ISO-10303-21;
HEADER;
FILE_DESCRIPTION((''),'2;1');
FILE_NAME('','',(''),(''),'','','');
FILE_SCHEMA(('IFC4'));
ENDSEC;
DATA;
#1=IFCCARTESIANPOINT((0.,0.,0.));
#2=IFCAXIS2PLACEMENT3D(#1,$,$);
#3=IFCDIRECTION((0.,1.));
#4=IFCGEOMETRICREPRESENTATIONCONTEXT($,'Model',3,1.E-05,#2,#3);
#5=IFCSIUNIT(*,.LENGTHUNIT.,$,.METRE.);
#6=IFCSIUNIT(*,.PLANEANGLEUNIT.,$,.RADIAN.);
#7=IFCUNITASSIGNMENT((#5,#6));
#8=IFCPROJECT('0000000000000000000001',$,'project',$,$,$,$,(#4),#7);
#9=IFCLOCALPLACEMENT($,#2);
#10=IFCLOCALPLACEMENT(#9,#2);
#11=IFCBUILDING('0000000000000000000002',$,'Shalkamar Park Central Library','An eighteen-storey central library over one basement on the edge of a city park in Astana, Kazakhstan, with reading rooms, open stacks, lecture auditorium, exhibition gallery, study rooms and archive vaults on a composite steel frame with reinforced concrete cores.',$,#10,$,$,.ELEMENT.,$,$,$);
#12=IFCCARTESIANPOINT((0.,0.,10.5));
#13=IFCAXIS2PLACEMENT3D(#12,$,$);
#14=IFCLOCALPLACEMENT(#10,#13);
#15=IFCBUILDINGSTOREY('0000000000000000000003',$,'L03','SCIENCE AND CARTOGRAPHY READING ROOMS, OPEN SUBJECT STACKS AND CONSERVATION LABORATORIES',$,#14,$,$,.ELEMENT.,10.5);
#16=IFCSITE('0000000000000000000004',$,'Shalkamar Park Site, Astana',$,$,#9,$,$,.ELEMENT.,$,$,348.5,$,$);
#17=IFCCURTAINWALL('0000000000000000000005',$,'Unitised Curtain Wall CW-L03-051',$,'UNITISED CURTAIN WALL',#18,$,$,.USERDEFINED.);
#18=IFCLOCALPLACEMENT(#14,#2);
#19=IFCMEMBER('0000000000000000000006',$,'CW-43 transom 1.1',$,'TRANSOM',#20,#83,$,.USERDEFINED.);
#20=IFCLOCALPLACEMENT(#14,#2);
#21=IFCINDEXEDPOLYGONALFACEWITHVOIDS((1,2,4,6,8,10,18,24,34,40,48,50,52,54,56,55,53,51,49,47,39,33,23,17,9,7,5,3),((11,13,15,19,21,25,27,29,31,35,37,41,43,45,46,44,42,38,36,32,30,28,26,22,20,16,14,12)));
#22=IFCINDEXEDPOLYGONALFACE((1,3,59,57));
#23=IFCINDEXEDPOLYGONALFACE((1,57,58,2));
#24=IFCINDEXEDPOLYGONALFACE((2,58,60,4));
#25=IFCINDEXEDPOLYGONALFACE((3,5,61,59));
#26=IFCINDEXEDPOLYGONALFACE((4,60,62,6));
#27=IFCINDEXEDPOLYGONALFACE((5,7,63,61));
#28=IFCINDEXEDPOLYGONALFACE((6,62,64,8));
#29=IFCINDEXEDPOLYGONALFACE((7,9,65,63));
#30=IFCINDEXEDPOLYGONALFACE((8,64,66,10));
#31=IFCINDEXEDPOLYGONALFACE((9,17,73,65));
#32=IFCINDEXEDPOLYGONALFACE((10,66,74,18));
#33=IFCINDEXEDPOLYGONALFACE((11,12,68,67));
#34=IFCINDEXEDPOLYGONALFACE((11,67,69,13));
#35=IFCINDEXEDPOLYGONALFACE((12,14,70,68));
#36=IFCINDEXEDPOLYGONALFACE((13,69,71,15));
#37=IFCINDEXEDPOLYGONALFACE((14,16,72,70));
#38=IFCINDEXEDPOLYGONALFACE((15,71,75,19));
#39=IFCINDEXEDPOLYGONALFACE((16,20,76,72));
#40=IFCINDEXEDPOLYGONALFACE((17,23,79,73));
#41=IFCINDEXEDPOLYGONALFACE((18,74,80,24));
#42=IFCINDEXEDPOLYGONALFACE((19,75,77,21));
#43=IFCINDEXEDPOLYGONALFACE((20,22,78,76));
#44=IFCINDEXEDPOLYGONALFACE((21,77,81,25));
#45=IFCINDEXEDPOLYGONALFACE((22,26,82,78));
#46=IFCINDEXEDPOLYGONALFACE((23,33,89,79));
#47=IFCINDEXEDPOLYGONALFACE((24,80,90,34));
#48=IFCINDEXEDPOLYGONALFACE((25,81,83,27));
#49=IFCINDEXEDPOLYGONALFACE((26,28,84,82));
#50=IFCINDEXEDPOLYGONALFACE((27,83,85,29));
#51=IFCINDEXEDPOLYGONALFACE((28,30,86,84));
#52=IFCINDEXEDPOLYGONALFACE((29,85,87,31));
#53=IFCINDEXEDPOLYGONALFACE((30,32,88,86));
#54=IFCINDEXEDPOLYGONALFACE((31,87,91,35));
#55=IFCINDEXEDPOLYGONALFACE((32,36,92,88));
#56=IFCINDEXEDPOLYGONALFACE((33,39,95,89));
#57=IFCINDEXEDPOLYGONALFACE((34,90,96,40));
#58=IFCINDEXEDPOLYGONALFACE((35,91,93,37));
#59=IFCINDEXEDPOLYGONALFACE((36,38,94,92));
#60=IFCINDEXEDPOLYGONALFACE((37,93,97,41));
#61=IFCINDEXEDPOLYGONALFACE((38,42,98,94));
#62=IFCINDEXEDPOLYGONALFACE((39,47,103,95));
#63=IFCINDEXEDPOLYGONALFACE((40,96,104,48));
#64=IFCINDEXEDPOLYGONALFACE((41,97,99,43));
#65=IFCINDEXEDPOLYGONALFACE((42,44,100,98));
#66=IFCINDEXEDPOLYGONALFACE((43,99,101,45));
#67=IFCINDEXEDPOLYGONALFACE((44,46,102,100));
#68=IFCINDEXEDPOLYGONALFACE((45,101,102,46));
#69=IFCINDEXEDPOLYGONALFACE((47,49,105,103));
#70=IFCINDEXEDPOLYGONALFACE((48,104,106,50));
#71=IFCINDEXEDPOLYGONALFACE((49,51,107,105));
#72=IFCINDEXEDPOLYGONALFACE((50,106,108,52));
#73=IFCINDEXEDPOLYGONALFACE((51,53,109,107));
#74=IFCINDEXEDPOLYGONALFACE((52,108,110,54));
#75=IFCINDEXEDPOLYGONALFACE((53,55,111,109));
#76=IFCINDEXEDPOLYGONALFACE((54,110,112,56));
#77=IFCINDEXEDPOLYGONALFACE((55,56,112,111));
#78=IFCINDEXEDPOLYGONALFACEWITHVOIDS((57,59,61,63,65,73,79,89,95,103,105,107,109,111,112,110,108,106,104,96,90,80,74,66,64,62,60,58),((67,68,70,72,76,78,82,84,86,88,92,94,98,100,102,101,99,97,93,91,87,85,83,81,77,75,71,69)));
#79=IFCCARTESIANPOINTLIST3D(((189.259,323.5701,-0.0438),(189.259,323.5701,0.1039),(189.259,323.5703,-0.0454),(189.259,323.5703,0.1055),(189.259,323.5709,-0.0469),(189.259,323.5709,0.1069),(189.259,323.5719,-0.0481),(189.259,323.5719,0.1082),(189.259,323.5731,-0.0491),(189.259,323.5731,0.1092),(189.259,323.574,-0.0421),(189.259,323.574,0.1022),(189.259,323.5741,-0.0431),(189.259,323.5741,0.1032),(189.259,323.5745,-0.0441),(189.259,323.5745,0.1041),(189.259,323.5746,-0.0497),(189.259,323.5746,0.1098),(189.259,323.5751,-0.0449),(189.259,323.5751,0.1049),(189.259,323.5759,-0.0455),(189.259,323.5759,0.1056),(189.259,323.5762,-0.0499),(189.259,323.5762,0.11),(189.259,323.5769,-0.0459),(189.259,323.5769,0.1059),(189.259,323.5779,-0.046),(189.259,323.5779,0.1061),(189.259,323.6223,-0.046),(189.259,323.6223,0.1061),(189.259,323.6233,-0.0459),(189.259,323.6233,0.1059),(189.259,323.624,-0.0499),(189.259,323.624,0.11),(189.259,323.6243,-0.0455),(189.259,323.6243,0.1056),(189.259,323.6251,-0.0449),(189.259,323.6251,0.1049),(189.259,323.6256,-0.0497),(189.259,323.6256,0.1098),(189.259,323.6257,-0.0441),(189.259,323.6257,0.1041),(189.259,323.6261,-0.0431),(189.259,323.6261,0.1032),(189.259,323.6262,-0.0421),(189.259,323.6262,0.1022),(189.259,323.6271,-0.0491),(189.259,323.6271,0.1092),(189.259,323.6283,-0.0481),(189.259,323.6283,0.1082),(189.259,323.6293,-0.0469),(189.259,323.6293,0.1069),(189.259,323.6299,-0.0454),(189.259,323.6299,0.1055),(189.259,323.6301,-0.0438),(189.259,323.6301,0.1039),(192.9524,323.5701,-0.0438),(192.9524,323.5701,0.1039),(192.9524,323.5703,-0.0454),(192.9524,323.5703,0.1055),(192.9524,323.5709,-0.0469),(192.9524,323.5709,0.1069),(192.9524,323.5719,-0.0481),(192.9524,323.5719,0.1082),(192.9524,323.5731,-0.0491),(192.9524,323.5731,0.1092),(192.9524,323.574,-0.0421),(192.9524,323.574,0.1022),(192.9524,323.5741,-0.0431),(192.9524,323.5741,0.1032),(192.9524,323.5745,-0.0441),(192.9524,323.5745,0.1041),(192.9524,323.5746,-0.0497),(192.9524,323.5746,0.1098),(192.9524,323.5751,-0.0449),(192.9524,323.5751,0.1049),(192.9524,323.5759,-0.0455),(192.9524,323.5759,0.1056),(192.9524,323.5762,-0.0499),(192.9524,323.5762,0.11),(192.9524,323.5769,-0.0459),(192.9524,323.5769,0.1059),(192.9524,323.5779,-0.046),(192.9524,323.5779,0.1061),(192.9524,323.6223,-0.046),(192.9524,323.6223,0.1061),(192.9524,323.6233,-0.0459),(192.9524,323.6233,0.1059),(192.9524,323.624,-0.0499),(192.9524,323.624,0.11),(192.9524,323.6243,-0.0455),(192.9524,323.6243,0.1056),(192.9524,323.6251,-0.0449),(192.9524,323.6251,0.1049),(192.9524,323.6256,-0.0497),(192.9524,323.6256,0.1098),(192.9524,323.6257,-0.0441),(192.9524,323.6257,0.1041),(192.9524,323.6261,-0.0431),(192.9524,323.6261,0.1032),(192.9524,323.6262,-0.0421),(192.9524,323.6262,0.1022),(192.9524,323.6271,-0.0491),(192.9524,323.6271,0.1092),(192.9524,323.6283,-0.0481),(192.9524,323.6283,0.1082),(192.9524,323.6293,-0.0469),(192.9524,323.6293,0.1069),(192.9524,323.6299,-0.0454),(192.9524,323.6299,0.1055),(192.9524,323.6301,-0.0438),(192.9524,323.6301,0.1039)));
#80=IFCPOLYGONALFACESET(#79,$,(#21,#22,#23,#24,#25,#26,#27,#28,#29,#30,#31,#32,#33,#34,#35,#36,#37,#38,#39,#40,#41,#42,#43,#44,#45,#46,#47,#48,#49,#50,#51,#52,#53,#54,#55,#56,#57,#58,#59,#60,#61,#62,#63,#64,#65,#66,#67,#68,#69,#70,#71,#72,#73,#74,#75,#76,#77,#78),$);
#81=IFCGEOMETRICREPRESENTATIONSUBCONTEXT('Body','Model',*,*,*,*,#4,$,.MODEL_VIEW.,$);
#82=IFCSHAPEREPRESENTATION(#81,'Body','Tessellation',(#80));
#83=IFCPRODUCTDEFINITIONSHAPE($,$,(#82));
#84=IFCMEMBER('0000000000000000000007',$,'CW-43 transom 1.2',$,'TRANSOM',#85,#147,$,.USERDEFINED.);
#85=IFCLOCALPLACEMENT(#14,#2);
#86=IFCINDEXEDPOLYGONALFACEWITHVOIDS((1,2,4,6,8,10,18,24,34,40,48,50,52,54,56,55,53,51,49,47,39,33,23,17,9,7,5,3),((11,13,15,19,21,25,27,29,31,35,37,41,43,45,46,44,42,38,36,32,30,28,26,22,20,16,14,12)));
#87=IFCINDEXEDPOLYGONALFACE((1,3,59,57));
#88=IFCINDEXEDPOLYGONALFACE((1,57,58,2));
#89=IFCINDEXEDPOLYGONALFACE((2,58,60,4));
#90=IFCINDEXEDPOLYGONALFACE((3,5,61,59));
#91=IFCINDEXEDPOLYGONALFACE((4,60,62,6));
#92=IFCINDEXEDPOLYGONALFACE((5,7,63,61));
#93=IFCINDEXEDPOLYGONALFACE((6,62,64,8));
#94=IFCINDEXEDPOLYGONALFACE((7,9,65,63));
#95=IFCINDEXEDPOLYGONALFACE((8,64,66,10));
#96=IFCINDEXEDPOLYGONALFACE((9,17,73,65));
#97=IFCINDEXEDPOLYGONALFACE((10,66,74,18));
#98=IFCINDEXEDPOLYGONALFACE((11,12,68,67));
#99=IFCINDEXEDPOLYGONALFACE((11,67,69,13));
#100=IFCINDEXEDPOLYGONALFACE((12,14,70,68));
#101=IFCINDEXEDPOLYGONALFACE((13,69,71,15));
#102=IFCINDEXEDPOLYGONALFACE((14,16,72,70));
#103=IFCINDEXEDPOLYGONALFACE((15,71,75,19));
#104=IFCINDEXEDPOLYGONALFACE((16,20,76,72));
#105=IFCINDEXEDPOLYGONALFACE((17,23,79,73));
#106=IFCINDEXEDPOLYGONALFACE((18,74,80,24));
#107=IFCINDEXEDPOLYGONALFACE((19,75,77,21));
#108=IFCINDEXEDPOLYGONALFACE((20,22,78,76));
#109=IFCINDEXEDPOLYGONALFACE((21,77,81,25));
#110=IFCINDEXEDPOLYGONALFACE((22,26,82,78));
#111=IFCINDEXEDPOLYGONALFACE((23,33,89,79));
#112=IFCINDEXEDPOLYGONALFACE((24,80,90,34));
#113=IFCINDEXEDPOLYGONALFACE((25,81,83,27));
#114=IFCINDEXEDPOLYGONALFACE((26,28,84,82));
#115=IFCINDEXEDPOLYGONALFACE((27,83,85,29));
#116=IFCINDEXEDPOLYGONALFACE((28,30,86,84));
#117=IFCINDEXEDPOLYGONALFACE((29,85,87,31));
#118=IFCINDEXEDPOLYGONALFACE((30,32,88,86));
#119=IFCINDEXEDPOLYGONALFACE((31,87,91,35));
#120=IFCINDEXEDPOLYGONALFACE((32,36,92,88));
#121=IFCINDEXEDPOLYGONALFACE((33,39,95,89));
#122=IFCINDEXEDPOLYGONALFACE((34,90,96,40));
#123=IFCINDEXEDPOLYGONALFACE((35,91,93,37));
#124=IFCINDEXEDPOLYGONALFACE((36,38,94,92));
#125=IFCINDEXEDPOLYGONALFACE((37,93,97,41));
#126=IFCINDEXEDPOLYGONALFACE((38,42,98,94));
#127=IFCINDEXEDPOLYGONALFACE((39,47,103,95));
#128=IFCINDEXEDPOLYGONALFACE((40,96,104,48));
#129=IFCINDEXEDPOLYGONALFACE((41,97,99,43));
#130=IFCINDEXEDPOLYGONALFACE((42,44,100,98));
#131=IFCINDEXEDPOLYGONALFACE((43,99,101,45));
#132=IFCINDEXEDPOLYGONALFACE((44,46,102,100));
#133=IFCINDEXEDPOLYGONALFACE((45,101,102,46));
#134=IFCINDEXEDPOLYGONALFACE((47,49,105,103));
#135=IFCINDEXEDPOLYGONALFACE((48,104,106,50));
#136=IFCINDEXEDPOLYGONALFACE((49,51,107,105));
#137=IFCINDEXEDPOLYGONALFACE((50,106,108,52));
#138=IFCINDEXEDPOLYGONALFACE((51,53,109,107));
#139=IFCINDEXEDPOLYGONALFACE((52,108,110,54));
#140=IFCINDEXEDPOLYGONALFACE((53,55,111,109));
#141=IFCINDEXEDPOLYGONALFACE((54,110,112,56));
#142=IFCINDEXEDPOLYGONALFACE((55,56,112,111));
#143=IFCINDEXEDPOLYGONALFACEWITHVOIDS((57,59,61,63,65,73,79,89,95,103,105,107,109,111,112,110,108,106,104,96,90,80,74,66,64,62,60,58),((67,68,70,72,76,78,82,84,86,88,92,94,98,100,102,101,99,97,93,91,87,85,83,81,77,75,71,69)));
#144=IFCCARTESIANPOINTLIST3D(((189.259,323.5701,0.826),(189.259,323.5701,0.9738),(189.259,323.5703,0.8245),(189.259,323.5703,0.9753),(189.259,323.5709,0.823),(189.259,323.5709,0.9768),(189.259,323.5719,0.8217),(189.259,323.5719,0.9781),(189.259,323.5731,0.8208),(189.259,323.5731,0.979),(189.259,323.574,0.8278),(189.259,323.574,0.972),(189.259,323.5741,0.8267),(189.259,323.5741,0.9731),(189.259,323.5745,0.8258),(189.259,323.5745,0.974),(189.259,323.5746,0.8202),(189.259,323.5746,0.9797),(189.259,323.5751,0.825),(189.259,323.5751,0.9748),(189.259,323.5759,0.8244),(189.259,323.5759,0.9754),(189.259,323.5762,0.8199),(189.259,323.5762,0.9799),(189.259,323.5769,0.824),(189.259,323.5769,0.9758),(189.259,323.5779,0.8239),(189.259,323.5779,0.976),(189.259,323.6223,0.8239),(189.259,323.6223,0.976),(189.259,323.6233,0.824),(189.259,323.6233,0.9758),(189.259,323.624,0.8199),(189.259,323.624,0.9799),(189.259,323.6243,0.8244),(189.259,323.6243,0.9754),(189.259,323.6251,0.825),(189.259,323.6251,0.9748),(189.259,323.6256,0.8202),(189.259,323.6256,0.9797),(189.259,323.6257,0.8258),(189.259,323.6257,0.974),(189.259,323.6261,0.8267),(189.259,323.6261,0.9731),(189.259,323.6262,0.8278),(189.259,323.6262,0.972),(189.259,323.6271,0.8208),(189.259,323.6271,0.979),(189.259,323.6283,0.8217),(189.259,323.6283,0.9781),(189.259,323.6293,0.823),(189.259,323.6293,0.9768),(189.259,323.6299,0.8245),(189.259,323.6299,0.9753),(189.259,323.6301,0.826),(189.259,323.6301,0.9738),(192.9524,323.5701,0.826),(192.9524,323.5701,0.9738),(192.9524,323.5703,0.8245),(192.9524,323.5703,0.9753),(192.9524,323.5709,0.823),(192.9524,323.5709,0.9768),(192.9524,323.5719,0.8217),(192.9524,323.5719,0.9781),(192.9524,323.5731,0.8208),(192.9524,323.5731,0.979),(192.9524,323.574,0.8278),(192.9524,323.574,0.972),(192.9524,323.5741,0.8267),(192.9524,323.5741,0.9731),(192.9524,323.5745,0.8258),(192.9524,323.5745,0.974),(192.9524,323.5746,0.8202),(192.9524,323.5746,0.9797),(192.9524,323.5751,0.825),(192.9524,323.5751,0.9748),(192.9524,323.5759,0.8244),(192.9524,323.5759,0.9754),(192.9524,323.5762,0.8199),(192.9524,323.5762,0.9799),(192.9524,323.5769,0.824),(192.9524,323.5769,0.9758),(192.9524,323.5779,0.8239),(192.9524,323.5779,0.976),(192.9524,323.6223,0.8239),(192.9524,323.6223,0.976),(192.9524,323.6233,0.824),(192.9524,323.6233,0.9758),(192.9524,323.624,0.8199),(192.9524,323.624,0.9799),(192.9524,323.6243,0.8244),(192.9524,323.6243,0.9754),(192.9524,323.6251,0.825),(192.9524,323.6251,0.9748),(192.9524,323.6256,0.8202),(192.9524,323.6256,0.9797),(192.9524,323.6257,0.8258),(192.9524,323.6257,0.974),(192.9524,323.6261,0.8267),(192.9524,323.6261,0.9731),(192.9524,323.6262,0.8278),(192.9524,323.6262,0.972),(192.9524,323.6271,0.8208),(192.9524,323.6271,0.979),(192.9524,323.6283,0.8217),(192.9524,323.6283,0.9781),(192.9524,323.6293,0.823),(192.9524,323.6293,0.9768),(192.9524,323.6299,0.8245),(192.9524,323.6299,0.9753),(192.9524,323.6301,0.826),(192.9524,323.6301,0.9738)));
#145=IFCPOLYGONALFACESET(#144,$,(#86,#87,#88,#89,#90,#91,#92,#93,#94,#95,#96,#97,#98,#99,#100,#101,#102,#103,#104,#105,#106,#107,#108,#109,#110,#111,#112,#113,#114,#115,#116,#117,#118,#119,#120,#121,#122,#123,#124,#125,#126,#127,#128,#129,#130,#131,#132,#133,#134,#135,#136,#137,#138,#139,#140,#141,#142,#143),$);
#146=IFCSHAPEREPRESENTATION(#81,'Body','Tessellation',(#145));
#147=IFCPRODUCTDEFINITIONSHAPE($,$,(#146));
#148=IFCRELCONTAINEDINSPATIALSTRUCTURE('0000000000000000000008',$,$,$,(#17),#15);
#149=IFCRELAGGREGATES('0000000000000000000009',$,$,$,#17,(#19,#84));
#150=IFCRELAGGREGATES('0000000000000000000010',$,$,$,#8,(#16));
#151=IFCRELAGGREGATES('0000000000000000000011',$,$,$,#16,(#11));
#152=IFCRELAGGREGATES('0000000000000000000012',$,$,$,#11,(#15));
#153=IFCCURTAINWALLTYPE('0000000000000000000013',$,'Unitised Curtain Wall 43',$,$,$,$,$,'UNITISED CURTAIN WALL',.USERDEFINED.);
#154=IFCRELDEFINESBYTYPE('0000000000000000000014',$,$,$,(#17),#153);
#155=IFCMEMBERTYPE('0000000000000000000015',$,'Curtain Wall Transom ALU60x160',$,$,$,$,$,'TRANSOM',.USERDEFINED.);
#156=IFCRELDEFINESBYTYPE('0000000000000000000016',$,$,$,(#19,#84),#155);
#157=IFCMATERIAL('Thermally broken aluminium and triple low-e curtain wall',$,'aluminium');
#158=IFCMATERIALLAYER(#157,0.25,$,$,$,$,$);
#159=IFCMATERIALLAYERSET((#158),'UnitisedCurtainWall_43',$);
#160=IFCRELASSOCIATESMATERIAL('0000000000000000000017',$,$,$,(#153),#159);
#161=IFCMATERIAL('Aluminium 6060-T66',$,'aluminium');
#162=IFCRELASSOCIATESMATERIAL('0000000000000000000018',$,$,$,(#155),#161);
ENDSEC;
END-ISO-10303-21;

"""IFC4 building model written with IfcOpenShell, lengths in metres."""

from ifc_helpers import new_model, si_unit, direction, frame, origin, origin_2d, place, context, subcontext, project, spatial, hollow_rectangle, extrude, material, layer, layer_set, material_profile, profile_set, type_object, element, aggregate, save


model = new_model("IFC4")

# Units and contexts
model_context = context("Model", 3, precision=1e-05, world=origin(), true_north=direction((0.0, 1.0)))
body_context = subcontext(model_context, "Body", "Model", "MODEL_VIEW")
ifc_project = project(units=[si_unit("LENGTHUNIT", "METRE"), si_unit("PLANEANGLEUNIT", "RADIAN")], contexts=[model_context])

# Site, building, storey
site_placement = place(None, origin())
site = spatial("IfcSite", under=ifc_project, at=site_placement, Name="Shalkamar Park Site, Astana", CompositionType="ELEMENT", RefElevation=348.5)
building_placement = place(site_placement, origin())
building = spatial("IfcBuilding", under=site, at=building_placement, Name="Shalkamar Park Central Library", Description="An eighteen-storey central library over one basement on the edge of a city park in Astana, Kazakhstan, with reading rooms, open stacks, lecture auditorium, exhibition gallery, study rooms and archive vaults on a composite steel frame with reinforced concrete cores.", CompositionType="ELEMENT")
storey_placement = place(building_placement, frame((0.0, 0.0, 10.5)))
storey = spatial("IfcBuildingStorey", under=building, at=storey_placement, Name="L03", Description="SCIENCE AND CARTOGRAPHY READING ROOMS, OPEN SUBJECT STACKS AND CONSERVATION LABORATORIES", CompositionType="ELEMENT", Elevation=10.5)

# Curtain wall, members
ifc_material_1 = material(Name="Thermally broken aluminium and triple low-e curtain wall", Category="aluminium")
ifc_layer_1 = layer(ifc_material_1, 0.25)
ifc_layer_set_1 = layer_set([ifc_layer_1], Name="UnitisedCurtainWall_43")
curtain_wall_type = type_object("IfcCurtainWallType", Name="Unitised Curtain Wall 43", ElementType="UNITISED CURTAIN WALL", PredefinedType="USERDEFINED", material=ifc_layer_set_1)
curtain_wall_placement = place(storey_placement, origin())
curtain_wall = element("IfcCurtainWall", 1, at=curtain_wall_placement, inside=storey, type_object=curtain_wall_type, Name="Unitised Curtain Wall CW-L03-051", ObjectType="UNITISED CURTAIN WALL", PredefinedType="USERDEFINED")
ifc_material_2 = material(Name="Aluminium 6060-T66", Category="aluminium")
ifc_material_profile_1 = material_profile(ifc_material_2, hollow_rectangle(XDim=0.0601, YDim=0.1599, WallThickness=0.0039, InnerFilletRadius=0.0039, OuterFilletRadius=0.0061, at=origin_2d()), Name="ALU 60x160x4")
ifc_profile_set_1 = profile_set([ifc_material_profile_1], Name="Aluminium 6060-T66")
member_type_1 = type_object("IfcMemberType", Name="Curtain Wall Transom ALU60x160", ElementType="TRANSOM", PredefinedType="USERDEFINED", material=ifc_profile_set_1)
member_1_placement = place(storey_placement, frame((189.259, 323.6001, 0.03), z_axis=(1.0, 0.0, 0.0), x_axis=(0.0, 1.0, 0.0)))
member_1 = element("IfcMember", 2, at=member_1_placement, type_object=member_type_1, Name="CW-43 transom 1.1", ObjectType="TRANSOM", PredefinedType="USERDEFINED", context=body_context, shape_type="SweptSolid", body=[
    extrude(hollow_rectangle(XDim=0.0601, YDim=0.1599, WallThickness=0.0039, InnerFilletRadius=0.0039, OuterFilletRadius=0.0061, at=origin_2d()), origin(), (0.0, 0.0, 1.0), 3.6934),
])
member_2_placement = place(storey_placement, frame((189.259, 323.6001, 0.8999), z_axis=(1.0, 0.0, 0.0), x_axis=(0.0, 1.0, 0.0)))
member_2 = element("IfcMember", 3, at=member_2_placement, type_object=member_type_1, Name="CW-43 transom 1.2", ObjectType="TRANSOM", PredefinedType="USERDEFINED", context=body_context, shape_type="SweptSolid", body=[
    extrude(hollow_rectangle(XDim=0.0601, YDim=0.1599, WallThickness=0.0039, InnerFilletRadius=0.0039, OuterFilletRadius=0.0061, at=origin_2d()), origin(), (0.0, 0.0, 1.0), 3.6934),
])

aggregate(curtain_wall, [member_1, member_2])

save(model, "model.ifc")
